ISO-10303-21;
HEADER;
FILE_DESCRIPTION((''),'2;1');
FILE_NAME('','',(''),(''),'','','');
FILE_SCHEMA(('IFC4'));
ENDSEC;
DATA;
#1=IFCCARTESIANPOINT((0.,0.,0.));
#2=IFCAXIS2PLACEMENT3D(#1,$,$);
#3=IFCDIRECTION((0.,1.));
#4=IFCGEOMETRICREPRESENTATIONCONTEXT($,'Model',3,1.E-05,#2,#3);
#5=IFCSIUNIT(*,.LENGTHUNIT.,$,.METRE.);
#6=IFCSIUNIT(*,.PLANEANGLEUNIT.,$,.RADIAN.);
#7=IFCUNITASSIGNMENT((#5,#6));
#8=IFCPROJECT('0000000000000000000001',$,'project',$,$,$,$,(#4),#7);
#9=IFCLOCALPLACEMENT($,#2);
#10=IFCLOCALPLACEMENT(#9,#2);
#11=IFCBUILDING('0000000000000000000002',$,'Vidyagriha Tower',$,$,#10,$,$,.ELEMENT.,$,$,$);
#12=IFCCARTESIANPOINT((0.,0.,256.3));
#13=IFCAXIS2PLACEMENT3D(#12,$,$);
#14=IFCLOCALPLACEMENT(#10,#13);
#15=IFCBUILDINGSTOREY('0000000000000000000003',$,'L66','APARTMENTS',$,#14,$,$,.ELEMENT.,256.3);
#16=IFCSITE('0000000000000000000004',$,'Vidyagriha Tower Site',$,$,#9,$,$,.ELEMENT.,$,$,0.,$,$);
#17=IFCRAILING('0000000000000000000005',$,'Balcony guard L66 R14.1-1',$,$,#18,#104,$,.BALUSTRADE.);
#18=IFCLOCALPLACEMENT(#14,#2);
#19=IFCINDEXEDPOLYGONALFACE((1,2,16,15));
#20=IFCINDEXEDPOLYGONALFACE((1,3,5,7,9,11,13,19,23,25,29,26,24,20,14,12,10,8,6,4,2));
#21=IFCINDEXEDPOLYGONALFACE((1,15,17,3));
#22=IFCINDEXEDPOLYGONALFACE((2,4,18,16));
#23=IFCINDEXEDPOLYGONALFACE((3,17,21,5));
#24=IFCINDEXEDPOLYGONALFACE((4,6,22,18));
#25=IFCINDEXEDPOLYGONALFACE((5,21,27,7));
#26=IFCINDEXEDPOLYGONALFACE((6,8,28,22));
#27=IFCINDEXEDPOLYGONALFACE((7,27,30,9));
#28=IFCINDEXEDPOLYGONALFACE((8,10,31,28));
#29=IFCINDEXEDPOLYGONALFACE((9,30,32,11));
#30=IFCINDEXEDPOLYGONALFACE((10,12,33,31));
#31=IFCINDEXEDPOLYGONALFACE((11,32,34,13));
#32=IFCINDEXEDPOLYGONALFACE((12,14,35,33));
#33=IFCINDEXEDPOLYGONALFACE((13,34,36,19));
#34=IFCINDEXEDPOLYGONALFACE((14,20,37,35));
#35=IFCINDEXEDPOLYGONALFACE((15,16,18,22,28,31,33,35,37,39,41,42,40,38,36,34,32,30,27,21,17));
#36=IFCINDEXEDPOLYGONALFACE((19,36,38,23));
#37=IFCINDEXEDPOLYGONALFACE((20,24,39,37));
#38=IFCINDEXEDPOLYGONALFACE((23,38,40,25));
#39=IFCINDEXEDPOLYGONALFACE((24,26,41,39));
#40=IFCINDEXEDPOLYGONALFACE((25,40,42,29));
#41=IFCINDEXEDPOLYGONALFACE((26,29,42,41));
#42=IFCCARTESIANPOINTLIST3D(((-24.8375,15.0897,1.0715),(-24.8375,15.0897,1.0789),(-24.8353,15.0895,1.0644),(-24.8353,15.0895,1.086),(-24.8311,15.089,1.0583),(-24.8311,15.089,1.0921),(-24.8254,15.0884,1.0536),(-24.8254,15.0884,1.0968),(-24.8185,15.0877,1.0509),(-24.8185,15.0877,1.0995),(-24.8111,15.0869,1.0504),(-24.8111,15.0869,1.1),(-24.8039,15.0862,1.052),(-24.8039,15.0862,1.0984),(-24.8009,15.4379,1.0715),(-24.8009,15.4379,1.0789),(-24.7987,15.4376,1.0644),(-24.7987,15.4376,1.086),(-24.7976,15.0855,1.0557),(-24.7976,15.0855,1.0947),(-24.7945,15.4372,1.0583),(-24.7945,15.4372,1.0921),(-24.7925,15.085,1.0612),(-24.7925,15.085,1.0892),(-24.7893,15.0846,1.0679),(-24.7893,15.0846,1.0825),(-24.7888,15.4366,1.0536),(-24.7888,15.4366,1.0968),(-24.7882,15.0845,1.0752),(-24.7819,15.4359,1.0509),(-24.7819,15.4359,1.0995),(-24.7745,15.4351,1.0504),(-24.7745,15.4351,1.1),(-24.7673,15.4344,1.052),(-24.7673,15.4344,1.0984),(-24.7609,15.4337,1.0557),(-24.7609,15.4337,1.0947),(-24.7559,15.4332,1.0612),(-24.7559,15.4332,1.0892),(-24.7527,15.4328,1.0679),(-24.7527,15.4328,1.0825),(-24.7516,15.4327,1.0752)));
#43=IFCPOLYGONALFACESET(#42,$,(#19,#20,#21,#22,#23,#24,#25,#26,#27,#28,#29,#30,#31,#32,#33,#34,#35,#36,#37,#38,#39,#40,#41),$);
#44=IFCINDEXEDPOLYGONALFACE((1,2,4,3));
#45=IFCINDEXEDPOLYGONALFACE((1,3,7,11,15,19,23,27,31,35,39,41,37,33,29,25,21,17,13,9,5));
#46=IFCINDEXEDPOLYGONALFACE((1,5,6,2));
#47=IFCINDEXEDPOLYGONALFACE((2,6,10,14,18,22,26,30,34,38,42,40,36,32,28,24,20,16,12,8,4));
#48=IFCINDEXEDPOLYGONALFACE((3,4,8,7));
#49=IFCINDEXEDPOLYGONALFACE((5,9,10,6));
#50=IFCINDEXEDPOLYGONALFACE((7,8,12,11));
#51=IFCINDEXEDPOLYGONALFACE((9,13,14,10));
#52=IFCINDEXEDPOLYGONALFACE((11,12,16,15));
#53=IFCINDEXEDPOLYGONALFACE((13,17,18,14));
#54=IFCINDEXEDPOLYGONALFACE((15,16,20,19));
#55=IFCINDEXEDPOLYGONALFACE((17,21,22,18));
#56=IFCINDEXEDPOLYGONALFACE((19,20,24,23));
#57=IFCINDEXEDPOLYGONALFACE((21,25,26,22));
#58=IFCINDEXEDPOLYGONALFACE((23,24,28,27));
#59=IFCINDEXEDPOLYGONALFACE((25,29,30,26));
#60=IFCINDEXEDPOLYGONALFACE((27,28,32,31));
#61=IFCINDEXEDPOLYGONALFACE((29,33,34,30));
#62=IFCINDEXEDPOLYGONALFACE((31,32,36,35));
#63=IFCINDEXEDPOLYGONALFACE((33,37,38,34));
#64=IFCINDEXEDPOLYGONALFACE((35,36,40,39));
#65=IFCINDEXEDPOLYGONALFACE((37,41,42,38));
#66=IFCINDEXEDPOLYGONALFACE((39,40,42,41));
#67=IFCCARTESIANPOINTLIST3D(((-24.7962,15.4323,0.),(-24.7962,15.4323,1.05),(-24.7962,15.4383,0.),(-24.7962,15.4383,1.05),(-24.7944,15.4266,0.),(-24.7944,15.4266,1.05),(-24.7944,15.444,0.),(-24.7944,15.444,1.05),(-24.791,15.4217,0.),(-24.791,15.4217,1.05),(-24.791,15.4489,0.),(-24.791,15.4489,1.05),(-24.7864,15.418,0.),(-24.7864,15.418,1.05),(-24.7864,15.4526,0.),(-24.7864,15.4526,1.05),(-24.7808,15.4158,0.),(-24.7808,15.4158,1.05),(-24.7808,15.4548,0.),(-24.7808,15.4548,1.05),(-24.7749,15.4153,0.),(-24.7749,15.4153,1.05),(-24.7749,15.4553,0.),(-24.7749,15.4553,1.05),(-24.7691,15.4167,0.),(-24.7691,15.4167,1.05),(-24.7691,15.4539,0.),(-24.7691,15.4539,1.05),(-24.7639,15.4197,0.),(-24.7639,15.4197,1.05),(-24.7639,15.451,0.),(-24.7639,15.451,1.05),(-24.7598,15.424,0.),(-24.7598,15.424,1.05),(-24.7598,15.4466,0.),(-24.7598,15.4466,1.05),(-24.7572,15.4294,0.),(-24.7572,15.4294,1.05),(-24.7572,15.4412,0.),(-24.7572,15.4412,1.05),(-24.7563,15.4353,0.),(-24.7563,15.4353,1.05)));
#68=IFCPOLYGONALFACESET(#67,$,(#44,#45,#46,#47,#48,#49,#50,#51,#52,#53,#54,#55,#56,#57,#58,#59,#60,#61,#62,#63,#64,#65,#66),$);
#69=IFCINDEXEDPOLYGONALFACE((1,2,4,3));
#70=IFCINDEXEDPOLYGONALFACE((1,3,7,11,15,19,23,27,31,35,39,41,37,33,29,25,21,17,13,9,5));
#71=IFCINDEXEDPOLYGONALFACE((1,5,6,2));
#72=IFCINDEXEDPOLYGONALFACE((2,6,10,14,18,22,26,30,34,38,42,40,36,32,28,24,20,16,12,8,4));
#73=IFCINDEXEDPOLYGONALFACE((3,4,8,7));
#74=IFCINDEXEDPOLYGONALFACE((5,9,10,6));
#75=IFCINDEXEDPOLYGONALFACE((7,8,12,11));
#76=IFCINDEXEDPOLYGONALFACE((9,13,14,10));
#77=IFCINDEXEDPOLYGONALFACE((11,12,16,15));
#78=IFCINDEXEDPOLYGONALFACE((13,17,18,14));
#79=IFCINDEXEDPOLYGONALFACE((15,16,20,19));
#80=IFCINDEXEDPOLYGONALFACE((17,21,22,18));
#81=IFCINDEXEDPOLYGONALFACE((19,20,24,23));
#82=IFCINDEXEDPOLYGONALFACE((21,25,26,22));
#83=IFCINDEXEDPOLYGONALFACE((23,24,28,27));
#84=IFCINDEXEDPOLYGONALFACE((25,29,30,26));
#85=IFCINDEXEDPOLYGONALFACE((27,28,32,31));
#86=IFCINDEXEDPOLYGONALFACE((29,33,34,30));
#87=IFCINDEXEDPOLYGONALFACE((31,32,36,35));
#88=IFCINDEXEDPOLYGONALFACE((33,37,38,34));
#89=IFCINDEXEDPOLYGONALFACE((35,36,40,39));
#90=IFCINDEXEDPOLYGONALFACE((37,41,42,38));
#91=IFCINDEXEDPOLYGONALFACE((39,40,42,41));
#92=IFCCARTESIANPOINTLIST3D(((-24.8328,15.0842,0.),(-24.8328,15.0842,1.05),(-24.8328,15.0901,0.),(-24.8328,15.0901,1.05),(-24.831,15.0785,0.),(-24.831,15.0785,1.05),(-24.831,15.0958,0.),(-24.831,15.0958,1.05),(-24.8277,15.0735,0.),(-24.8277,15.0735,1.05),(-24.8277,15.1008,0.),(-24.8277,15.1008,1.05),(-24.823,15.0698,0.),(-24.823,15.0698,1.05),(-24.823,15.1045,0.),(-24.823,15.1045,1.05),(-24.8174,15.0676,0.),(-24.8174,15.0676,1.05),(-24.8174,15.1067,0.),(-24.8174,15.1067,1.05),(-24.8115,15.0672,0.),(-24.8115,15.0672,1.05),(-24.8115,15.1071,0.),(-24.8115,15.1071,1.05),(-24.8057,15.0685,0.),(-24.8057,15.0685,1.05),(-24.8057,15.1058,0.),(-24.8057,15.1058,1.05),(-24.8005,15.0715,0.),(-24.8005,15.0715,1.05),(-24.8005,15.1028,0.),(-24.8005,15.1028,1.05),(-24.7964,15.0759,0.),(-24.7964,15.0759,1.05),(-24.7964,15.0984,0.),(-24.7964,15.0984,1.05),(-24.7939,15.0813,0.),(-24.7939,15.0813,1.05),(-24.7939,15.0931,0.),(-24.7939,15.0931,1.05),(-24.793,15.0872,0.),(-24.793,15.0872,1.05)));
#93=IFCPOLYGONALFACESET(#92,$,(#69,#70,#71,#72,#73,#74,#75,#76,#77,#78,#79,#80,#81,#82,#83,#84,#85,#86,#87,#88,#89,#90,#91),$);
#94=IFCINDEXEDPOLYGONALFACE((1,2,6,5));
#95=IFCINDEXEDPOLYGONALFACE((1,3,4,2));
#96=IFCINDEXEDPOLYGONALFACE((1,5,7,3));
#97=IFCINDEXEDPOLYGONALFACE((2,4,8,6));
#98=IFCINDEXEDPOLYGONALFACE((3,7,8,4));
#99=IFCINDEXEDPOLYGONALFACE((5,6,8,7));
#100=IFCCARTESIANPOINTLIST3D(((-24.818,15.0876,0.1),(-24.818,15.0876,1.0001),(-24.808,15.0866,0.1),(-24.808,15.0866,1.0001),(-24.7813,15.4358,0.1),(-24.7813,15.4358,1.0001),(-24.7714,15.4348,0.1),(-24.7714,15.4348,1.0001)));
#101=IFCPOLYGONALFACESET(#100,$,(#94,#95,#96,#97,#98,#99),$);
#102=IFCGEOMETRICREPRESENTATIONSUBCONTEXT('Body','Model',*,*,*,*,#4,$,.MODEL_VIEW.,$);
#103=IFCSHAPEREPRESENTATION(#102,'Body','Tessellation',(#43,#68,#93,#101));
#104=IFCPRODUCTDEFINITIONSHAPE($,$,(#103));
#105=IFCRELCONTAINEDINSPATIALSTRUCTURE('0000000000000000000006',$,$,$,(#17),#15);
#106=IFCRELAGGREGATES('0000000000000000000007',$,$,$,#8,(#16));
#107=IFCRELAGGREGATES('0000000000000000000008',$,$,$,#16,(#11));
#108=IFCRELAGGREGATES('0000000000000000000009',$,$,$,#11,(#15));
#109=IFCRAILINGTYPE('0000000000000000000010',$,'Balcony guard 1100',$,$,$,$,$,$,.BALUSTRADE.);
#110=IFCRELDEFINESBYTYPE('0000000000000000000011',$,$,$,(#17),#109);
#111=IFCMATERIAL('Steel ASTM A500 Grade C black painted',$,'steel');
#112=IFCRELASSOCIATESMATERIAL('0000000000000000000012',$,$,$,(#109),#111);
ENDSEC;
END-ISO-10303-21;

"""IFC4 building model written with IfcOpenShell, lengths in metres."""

from ifc_helpers import new_model, si_unit, direction, frame, origin, origin_2d, place, context, subcontext, project, spatial, rectangle, circle, extrude, material, type_object, element, save


model = new_model("IFC4")

# Units and contexts
model_context = context("Model", 3, precision=1e-05, world=origin(), true_north=direction((0.0, 1.0)))
body_context = subcontext(model_context, "Body", "Model", "MODEL_VIEW")
ifc_project = project(units=[si_unit("LENGTHUNIT", "METRE"), si_unit("PLANEANGLEUNIT", "RADIAN")], contexts=[model_context])

# Site, building, storey
site_placement = place(None, origin())
site = spatial("IfcSite", under=ifc_project, at=site_placement, Name="Vidyagriha Tower Site", CompositionType="ELEMENT", RefElevation=0.0)
building_placement = place(site_placement, origin())
building = spatial("IfcBuilding", under=site, at=building_placement, Name="Vidyagriha Tower", CompositionType="ELEMENT")
storey_placement = place(building_placement, frame((0.0, 0.0, 256.3)))
storey = spatial("IfcBuildingStorey", under=building, at=storey_placement, Name="L66", Description="APARTMENTS", CompositionType="ELEMENT", Elevation=256.3)

# Railing
ifc_material_1 = material(Name="Steel ASTM A500 Grade C black painted", Category="steel")
railing_type_1 = type_object("IfcRailingType", Name="Balcony guard 1100", PredefinedType="BALUSTRADE", material=ifc_material_1)
railing_1_placement = place(storey_placement, frame((-24.7764, 15.4353, 0.0)))
element("IfcRailing", 1, at=railing_1_placement, inside=storey, type_object=railing_type_1, Name="Balcony guard L66 R14.1-1", PredefinedType="BALUSTRADE", context=body_context, shape_type="SweptSolid", body=[
    extrude(circle(Radius=0.0249, at=origin_2d()), frame((0.0, 0.0, 1.0752), z_axis=(-0.104612, -0.994513, 0.0), x_axis=(0.994513, -0.104612, 0.0)), (0.0, 0.0, 1.0), 0.3501),
    extrude(circle(Radius=0.02, at=origin_2d()), origin(), (0.0, 0.0, 1.0), 1.05),
    extrude(circle(Radius=0.02, at=origin_2d()), frame((-0.0366, -0.3481, 0.0)), (0.0, 0.0, 1.0), 1.05),
    extrude(rectangle(XDim=0.01, YDim=0.9001, at=origin_2d()), frame((0.0, 0.0, 0.55), z_axis=(-0.104612, -0.994513, 0.0), x_axis=(0.994513, -0.104612, 0.0)), (0.0, 0.0, 1.0), 0.3501),
])

save(model, "model.ifc")
